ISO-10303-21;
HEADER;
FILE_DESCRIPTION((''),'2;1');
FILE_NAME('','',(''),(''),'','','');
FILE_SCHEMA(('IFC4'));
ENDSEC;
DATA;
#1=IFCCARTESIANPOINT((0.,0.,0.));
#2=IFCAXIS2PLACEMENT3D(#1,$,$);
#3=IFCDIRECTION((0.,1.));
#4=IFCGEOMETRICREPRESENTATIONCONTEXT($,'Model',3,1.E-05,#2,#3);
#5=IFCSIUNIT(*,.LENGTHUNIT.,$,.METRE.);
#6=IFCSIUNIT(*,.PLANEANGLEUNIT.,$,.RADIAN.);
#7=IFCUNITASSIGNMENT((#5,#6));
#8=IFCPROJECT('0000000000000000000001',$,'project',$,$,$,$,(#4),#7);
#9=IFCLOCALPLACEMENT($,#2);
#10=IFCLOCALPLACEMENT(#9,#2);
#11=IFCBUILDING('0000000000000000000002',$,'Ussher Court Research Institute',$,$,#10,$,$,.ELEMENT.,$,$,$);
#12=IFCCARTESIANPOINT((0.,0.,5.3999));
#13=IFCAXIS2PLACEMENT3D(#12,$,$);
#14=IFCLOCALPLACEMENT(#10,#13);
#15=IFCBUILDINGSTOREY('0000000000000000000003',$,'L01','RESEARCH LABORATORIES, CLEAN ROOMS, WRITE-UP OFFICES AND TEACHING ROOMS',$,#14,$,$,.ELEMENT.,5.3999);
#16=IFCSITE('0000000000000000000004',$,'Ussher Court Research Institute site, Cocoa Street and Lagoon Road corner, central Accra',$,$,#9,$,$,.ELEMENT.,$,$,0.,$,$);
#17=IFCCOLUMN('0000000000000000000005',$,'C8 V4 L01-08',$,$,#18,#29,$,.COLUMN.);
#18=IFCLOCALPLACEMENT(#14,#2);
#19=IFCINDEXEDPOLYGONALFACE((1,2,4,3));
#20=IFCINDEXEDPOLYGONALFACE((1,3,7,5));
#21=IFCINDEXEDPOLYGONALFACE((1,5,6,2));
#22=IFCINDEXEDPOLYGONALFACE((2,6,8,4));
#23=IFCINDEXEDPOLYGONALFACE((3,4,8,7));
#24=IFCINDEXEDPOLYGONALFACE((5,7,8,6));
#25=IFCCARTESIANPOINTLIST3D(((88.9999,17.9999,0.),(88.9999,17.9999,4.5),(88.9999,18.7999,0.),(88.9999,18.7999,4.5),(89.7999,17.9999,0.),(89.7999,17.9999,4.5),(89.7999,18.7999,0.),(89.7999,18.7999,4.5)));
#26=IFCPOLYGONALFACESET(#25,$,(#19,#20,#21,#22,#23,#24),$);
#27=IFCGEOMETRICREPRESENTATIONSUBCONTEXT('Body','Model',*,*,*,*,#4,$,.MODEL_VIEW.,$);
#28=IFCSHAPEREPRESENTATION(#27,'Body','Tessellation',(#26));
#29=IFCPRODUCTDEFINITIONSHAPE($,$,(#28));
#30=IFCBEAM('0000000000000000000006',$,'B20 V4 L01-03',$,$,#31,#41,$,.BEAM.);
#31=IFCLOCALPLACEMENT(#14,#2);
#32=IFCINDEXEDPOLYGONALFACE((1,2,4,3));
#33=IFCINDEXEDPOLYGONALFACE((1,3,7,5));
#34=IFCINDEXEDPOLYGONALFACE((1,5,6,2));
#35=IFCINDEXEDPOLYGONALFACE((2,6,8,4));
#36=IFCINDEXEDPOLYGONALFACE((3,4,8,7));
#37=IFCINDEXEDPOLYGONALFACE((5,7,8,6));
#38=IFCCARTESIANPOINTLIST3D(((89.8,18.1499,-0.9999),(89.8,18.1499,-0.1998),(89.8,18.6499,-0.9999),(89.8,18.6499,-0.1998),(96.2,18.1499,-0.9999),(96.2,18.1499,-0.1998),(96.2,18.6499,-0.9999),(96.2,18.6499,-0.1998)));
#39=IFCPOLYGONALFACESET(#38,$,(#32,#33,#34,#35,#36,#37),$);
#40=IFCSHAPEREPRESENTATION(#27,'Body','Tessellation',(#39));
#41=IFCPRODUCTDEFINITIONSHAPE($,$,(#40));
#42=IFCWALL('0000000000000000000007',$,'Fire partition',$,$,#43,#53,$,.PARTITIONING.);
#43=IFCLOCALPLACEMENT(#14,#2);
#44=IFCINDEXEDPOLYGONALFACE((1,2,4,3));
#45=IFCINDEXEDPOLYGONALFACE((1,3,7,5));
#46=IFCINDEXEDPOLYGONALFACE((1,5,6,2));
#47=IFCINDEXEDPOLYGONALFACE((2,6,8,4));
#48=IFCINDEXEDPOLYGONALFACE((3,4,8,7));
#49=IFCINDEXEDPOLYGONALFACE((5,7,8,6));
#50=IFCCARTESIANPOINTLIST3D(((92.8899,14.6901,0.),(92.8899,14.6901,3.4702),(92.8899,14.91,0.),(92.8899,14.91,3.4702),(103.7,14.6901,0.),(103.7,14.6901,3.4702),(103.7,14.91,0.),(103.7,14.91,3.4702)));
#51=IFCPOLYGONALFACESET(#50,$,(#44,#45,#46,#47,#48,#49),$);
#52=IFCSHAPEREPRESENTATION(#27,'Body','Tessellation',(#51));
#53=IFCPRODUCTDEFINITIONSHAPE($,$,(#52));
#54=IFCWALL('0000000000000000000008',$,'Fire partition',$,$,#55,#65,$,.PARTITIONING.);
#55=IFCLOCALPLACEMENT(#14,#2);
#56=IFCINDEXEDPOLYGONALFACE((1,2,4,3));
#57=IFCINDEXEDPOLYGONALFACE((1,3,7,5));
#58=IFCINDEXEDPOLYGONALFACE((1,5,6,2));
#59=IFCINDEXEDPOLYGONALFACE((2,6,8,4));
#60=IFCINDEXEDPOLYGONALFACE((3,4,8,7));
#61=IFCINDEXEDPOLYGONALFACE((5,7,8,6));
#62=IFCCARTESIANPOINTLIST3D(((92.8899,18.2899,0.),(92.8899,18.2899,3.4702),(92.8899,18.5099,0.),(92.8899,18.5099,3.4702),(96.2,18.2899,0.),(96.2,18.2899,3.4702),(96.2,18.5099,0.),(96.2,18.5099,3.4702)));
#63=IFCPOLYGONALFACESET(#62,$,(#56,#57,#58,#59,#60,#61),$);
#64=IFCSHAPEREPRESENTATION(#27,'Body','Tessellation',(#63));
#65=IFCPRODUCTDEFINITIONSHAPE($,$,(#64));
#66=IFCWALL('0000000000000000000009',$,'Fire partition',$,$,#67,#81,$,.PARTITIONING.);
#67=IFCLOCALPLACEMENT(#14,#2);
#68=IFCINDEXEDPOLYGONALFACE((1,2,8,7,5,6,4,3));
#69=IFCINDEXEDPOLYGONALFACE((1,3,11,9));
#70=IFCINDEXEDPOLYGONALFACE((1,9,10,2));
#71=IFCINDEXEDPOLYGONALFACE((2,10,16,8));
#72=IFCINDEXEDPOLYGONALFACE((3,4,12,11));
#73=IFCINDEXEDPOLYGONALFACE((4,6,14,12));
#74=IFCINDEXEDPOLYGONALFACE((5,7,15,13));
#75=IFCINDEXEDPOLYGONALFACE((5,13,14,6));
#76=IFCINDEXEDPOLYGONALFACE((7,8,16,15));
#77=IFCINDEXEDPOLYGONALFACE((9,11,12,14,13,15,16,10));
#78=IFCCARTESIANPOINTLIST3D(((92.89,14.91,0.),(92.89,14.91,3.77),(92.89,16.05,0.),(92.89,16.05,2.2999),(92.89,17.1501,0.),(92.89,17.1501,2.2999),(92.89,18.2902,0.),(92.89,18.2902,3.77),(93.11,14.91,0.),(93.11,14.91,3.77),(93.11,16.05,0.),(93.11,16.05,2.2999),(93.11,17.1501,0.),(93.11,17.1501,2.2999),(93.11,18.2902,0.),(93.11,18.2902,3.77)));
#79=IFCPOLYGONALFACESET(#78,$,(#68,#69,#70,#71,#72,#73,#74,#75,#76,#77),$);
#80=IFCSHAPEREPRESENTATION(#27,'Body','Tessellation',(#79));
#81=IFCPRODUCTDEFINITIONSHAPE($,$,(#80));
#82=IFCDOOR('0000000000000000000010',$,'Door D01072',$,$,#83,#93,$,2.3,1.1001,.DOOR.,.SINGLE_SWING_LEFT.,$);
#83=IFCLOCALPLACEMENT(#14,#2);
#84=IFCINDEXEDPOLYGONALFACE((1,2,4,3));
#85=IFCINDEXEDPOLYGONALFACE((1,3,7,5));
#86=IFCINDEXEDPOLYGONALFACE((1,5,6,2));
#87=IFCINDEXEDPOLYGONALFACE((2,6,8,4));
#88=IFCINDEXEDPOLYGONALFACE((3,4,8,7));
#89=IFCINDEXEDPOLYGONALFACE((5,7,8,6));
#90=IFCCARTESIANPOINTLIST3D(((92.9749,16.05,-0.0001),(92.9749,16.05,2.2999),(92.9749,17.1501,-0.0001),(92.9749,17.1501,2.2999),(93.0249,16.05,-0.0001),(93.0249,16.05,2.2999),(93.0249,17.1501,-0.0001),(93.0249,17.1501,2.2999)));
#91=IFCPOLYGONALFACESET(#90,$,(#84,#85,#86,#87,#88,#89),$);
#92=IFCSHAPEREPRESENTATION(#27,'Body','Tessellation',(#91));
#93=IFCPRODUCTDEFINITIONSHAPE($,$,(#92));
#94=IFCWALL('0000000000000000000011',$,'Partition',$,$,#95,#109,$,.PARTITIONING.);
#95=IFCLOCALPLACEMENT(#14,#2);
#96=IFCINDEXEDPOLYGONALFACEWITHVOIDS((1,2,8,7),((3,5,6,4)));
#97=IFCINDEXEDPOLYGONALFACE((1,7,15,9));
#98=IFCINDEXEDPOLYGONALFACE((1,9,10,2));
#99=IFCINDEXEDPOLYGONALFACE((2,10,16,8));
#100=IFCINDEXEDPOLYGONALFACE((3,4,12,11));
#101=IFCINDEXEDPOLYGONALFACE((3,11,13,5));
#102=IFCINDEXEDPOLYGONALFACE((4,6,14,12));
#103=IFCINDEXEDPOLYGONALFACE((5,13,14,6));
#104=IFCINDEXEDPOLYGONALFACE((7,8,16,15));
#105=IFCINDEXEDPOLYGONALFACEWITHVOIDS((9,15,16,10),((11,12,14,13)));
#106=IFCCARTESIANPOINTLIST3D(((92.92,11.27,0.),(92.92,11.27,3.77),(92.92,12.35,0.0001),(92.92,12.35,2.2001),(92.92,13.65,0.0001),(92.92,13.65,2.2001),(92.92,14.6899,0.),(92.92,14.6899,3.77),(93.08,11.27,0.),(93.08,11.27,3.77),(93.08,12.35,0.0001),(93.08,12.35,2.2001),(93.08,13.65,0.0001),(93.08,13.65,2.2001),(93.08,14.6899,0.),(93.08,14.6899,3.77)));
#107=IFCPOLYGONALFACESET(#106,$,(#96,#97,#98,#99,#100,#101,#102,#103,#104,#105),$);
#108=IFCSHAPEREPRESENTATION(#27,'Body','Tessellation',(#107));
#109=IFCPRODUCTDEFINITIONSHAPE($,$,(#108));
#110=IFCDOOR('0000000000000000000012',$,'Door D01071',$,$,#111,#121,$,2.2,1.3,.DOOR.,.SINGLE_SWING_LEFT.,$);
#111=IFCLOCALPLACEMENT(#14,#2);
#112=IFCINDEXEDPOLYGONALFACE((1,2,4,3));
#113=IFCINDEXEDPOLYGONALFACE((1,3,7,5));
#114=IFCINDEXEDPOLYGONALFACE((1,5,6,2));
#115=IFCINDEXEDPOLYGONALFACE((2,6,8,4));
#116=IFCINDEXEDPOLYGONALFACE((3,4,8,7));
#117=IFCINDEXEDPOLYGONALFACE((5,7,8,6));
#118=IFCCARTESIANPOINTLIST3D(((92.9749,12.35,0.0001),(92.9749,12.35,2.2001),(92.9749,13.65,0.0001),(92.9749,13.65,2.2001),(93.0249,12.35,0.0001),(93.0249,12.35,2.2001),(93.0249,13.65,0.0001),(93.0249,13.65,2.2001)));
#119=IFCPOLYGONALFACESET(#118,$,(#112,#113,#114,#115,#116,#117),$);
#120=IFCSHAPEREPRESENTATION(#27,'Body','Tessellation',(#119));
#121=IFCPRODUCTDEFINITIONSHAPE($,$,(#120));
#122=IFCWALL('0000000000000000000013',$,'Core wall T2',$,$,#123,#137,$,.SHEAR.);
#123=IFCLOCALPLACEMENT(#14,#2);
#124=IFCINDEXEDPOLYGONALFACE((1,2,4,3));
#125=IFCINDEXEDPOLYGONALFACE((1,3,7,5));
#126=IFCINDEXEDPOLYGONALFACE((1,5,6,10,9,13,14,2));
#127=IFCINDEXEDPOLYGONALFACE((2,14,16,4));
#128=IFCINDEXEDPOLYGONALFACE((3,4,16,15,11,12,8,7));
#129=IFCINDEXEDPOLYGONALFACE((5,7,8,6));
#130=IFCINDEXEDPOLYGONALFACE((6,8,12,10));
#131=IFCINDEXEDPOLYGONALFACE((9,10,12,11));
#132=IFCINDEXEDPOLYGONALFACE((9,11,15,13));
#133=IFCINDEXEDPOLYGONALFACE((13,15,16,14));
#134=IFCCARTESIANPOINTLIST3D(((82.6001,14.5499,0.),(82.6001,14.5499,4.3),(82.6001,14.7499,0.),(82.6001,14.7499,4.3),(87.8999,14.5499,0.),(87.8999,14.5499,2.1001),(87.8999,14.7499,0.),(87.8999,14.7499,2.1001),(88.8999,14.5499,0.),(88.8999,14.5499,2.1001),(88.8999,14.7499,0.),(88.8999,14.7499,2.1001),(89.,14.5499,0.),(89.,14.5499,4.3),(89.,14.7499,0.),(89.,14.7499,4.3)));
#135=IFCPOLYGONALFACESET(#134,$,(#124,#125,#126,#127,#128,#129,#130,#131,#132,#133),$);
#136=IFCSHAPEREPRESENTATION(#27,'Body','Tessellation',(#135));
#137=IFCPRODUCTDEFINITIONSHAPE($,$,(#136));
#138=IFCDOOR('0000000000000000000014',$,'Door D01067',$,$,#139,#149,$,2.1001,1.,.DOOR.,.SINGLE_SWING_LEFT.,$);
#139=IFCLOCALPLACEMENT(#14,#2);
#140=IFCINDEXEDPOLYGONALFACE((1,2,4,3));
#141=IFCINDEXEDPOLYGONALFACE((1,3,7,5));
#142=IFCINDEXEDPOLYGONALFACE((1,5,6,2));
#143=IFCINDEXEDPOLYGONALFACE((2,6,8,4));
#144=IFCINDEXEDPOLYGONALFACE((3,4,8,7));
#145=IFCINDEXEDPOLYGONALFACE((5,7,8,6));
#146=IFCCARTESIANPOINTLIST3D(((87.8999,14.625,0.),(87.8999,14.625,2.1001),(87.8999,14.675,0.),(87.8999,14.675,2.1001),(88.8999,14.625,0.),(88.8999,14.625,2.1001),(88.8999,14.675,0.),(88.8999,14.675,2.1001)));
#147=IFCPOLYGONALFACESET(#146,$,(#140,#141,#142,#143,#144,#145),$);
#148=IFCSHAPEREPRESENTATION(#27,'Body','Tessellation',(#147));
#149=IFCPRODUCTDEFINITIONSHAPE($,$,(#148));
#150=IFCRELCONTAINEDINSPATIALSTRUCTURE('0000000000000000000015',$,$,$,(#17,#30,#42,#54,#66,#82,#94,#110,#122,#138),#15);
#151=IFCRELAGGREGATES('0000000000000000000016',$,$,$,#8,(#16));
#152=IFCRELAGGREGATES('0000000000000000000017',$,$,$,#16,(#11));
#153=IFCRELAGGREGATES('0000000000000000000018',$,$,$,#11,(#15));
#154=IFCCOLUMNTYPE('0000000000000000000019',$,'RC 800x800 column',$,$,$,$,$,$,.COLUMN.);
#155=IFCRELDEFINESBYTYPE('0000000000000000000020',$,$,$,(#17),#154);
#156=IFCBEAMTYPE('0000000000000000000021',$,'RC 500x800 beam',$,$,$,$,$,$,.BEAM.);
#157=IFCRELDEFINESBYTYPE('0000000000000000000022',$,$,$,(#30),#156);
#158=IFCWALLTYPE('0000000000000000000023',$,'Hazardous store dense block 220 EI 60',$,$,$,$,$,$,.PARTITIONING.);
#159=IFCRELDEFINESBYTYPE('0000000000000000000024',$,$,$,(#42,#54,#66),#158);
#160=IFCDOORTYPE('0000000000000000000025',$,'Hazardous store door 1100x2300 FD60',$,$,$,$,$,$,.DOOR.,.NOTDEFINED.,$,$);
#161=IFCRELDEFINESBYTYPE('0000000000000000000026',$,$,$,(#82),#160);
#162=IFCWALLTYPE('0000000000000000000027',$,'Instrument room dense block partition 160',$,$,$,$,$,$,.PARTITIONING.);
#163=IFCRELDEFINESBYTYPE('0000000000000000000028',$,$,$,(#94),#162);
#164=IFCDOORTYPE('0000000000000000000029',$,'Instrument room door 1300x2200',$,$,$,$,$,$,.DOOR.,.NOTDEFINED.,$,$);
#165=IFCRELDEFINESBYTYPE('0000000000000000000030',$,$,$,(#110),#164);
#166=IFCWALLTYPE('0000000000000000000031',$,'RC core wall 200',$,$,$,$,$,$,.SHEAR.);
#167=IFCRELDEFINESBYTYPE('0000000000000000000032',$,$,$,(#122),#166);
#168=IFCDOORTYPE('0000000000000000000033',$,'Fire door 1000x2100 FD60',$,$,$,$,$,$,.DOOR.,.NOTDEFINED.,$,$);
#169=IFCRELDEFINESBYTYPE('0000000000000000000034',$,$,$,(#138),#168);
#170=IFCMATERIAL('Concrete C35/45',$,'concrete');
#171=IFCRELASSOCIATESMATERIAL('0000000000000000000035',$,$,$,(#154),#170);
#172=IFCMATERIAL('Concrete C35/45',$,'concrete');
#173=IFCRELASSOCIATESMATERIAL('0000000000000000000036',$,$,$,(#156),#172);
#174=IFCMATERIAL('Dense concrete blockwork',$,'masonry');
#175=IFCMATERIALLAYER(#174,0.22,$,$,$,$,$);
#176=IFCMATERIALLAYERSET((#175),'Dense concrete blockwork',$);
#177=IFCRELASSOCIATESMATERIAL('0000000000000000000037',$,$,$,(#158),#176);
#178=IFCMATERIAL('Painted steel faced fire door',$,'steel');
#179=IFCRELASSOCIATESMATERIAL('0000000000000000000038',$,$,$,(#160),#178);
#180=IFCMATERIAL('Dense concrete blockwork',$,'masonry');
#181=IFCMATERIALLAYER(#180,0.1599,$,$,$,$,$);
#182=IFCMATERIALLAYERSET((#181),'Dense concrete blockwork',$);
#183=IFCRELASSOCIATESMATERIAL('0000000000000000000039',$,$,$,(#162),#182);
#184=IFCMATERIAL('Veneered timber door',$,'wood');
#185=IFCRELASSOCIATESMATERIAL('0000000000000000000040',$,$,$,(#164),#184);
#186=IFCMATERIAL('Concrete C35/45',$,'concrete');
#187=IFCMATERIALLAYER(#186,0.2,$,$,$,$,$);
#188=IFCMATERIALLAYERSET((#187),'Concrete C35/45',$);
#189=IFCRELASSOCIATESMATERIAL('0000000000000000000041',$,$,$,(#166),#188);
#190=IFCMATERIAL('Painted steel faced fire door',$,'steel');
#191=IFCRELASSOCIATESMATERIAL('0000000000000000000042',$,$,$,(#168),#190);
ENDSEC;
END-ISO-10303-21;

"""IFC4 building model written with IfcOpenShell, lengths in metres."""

from ifc_helpers import new_model, si_unit, direction, frame, frame_2d, origin, origin_2d, place, context, subcontext, project, spatial, rectangle, extrude, material, layer, layer_set, material_profile, profile_set, type_object, element, fill, save


model = new_model("IFC4")

# Units and contexts
model_context = context("Model", 3, precision=1e-05, world=origin(), true_north=direction((0.0, 1.0)))
body_context = subcontext(model_context, "Body", "Model", "MODEL_VIEW")
ifc_project = project(units=[si_unit("LENGTHUNIT", "METRE"), si_unit("PLANEANGLEUNIT", "RADIAN")], contexts=[model_context])

# Site, building, storey
site_placement = place(None, origin())
site = spatial("IfcSite", under=ifc_project, at=site_placement, Name="Ussher Court Research Institute site, Cocoa Street and Lagoon Road corner, central Accra", CompositionType="ELEMENT", RefElevation=0.0)
building_placement = place(site_placement, origin())
building = spatial("IfcBuilding", under=site, at=building_placement, Name="Ussher Court Research Institute", CompositionType="ELEMENT")
storey_placement = place(building_placement, frame((0.0, 0.0, 5.3999)))
storey = spatial("IfcBuildingStorey", under=building, at=storey_placement, Name="L01", Description="RESEARCH LABORATORIES, CLEAN ROOMS, WRITE-UP OFFICES AND TEACHING ROOMS", CompositionType="ELEMENT", Elevation=5.3999)

# Column
ifc_material_1 = material(Name="Concrete C35/45", Category="concrete")
ifc_material_profile_1 = material_profile(ifc_material_1, rectangle(XDim=0.8, YDim=0.8, at=origin_2d()), Name="RC 800x800")
ifc_profile_set_1 = profile_set([ifc_material_profile_1], Name="Concrete C35/45")
column_type = type_object("IfcColumnType", Name="RC 800x800 column", PredefinedType="COLUMN", material=ifc_profile_set_1)
column_placement = place(storey_placement, frame((89.3999, 18.3999, 0.0), z_axis=(0.0, 0.0, 1.0), x_axis=(1.0, 0.0, 0.0)))
element("IfcColumn", 1, at=column_placement, inside=storey, type_object=column_type, Name="C8 V4 L01-08", PredefinedType="COLUMN", context=body_context, shape_type="SweptSolid", body=[
    extrude(rectangle(XDim=0.8, YDim=0.8, at=origin_2d()), origin(), (0.0, 0.0, 1.0), 4.5),
])

# Beam
ifc_material_2 = material(Name="Concrete C35/45", Category="concrete")
ifc_material_profile_2 = material_profile(ifc_material_2, rectangle(XDim=0.5, YDim=0.8, at=origin_2d()), Name="RC 500x800")
ifc_profile_set_2 = profile_set([ifc_material_profile_2], Name="Concrete C35/45")
beam_type = type_object("IfcBeamType", Name="RC 500x800 beam", PredefinedType="BEAM", material=ifc_profile_set_2)
beam_placement = place(storey_placement, frame((89.8, 18.3999, -0.5999), z_axis=(1.0, 0.0, 0.0), x_axis=(0.0, 1.0, 0.0)))
element("IfcBeam", 2, at=beam_placement, inside=storey, type_object=beam_type, Name="B20 V4 L01-03", PredefinedType="BEAM", context=body_context, shape_type="SweptSolid", body=[
    extrude(rectangle(XDim=0.5, YDim=0.8, at=origin_2d()), origin(), (0.0, 0.0, 1.0), 6.3999),
])

# Walls
ifc_material_3 = material(Name="Dense concrete blockwork", Category="masonry")
ifc_layer_1 = layer(ifc_material_3, 0.22)
ifc_layer_set_1 = layer_set([ifc_layer_1], Name="Dense concrete blockwork")
wall_type_1 = type_object("IfcWallType", Name="Hazardous store dense block 220 EI 60", PredefinedType="PARTITIONING", material=ifc_layer_set_1)
wall_1_placement = place(storey_placement, frame((92.8899, 14.8, 0.0), z_axis=(0.0, 0.0, 1.0), x_axis=(1.0, 0.0, 0.0)))
element("IfcWall", 3, at=wall_1_placement, inside=storey, type_object=wall_type_1, Name="Fire partition", PredefinedType="PARTITIONING", context=body_context, shape_type="SweptSolid", body=[
    extrude(rectangle(XDim=10.8101, YDim=0.22, at=frame_2d((5.405, 0.0))), origin(), (0.0, 0.0, 1.0), 3.4702),
])
wall_2_placement = place(storey_placement, frame((92.8899, 18.3999, 0.0), z_axis=(0.0, 0.0, 1.0), x_axis=(1.0, 0.0, 0.0)))
element("IfcWall", 4, at=wall_2_placement, inside=storey, type_object=wall_type_1, Name="Fire partition", PredefinedType="PARTITIONING", context=body_context, shape_type="SweptSolid", body=[
    extrude(rectangle(XDim=3.3101, YDim=0.22, at=frame_2d((1.655, 0.0))), origin(), (0.0, 0.0, 1.0), 3.4702),
])

# Walls, openings, doors
wall_3_placement = place(storey_placement, frame((93.0, 18.29, 0.0), z_axis=(0.0, 0.0, 1.0), x_axis=(0.0, -1.0, 0.0)))
wall_3 = element("IfcWall", 5, at=wall_3_placement, inside=storey, type_object=wall_type_1, Name="Fire partition", PredefinedType="PARTITIONING", context=body_context, shape_type="SweptSolid", body=[
    extrude(rectangle(XDim=3.3801, YDim=0.22, at=frame_2d((1.6899, 0.0))), origin(), (0.0, 0.0, 1.0), 3.77),
])
opening_1_placement = place(wall_3_placement, frame((1.1399, 0.0, 0.0)))
opening_1 = element("IfcOpeningElement", 6, at=opening_1_placement, cuts=wall_3, PredefinedType="OPENING", context=body_context, shape_type="SweptSolid", body=[
    extrude(rectangle(XDim=1.1001, YDim=2.3, at=frame_2d((0.55, 1.1499))), frame((0.0, 0.1201, 0.0), z_axis=(0.0, -1.0, 0.0), x_axis=(1.0, 0.0, 0.0)), (0.0, 0.0, 1.0), 0.24),
])
ifc_material_4 = material(Name="Painted steel faced fire door", Category="steel")
door_type_1 = type_object("IfcDoorType", Name="Hazardous store door 1100x2300 FD60", OperationType="NOTDEFINED", PredefinedType="DOOR", material=ifc_material_4)
door_1_placement = place(opening_1_placement, origin())
door_1 = element("IfcDoor", 7, at=door_1_placement, inside=storey, type_object=door_type_1, Name="Door D01072", OperationType="SINGLE_SWING_LEFT", OverallHeight=2.3, OverallWidth=1.1001, PredefinedType="DOOR", context=body_context, shape_type="SweptSolid", body=[
    extrude(rectangle(XDim=1.1001, YDim=2.3, at=frame_2d((0.55, 1.1499))), frame((0.0, 0.0249, 0.0), z_axis=(0.0, -1.0, 0.0), x_axis=(1.0, 0.0, 0.0)), (0.0, 0.0, 1.0), 0.05),
])
fill(opening_1, door_1)
ifc_material_5 = material(Name="Dense concrete blockwork", Category="masonry")
ifc_layer_2 = layer(ifc_material_5, 0.1599)
ifc_layer_set_2 = layer_set([ifc_layer_2], Name="Dense concrete blockwork")
wall_type_2 = type_object("IfcWallType", Name="Instrument room dense block partition 160", PredefinedType="PARTITIONING", material=ifc_layer_set_2)
wall_4_placement = place(storey_placement, frame((93.0, 14.6899, 0.0), z_axis=(0.0, 0.0, 1.0), x_axis=(0.0, -1.0, 0.0)))
wall_4 = element("IfcWall", 8, at=wall_4_placement, inside=storey, type_object=wall_type_2, Name="Partition", PredefinedType="PARTITIONING", context=body_context, shape_type="SweptSolid", body=[
    extrude(rectangle(XDim=3.4199, YDim=0.1599, at=frame_2d((1.71, 0.0))), origin(), (0.0, 0.0, 1.0), 3.77),
])
opening_2_placement = place(wall_4_placement, frame((1.04, 0.0, 0.0)))
opening_2 = element("IfcOpeningElement", 9, at=opening_2_placement, cuts=wall_4, PredefinedType="OPENING", context=body_context, shape_type="SweptSolid", body=[
    extrude(rectangle(XDim=1.3, YDim=2.2, at=frame_2d((0.6499, 1.1001))), frame((0.0, 0.0898, 0.0), z_axis=(0.0, -1.0, 0.0), x_axis=(1.0, 0.0, 0.0)), (0.0, 0.0, 1.0), 0.1799),
])
ifc_material_6 = material(Name="Veneered timber door", Category="wood")
door_type_2 = type_object("IfcDoorType", Name="Instrument room door 1300x2200", OperationType="NOTDEFINED", PredefinedType="DOOR", material=ifc_material_6)
door_2_placement = place(opening_2_placement, origin())
door_2 = element("IfcDoor", 10, at=door_2_placement, inside=storey, type_object=door_type_2, Name="Door D01071", OperationType="SINGLE_SWING_LEFT", OverallHeight=2.2, OverallWidth=1.3, PredefinedType="DOOR", context=body_context, shape_type="SweptSolid", body=[
    extrude(rectangle(XDim=1.3, YDim=2.2, at=frame_2d((0.6499, 1.1001))), frame((0.0, 0.0249, 0.0), z_axis=(0.0, -1.0, 0.0), x_axis=(1.0, 0.0, 0.0)), (0.0, 0.0, 1.0), 0.05),
])
fill(opening_2, door_2)
ifc_material_7 = material(Name="Concrete C35/45", Category="concrete")
ifc_layer_3 = layer(ifc_material_7, 0.2)
ifc_layer_set_3 = layer_set([ifc_layer_3], Name="Concrete C35/45")
wall_type_3 = type_object("IfcWallType", Name="RC core wall 200", PredefinedType="SHEAR", material=ifc_layer_set_3)
wall_5_placement = place(storey_placement, frame((89.0, 14.6499, 0.0), z_axis=(0.0, 0.0, 1.0), x_axis=(-1.0, 0.0, 0.0)))
wall_5 = element("IfcWall", 11, at=wall_5_placement, inside=storey, type_object=wall_type_3, Name="Core wall T2", PredefinedType="SHEAR", context=body_context, shape_type="SweptSolid", body=[
    extrude(rectangle(XDim=6.3999, YDim=0.2, at=frame_2d((3.2, 0.0))), origin(), (0.0, 0.0, 1.0), 4.3),
])
opening_3_placement = place(wall_5_placement, frame((0.1001, 0.0, 0.0)))
opening_3 = element("IfcOpeningElement", 12, at=opening_3_placement, cuts=wall_5, PredefinedType="OPENING", context=body_context, shape_type="SweptSolid", body=[
    extrude(rectangle(XDim=1.0, YDim=2.1001, at=frame_2d((0.5, 1.05))), frame((0.0, 0.1099, 0.0), z_axis=(0.0, -1.0, 0.0), x_axis=(1.0, 0.0, 0.0)), (0.0, 0.0, 1.0), 0.22),
])
ifc_material_8 = material(Name="Painted steel faced fire door", Category="steel")
door_type_3 = type_object("IfcDoorType", Name="Fire door 1000x2100 FD60", OperationType="NOTDEFINED", PredefinedType="DOOR", material=ifc_material_8)
door_3_placement = place(opening_3_placement, origin())
door_3 = element("IfcDoor", 13, at=door_3_placement, inside=storey, type_object=door_type_3, Name="Door D01067", OperationType="SINGLE_SWING_LEFT", OverallHeight=2.1001, OverallWidth=1.0, PredefinedType="DOOR", context=body_context, shape_type="SweptSolid", body=[
    extrude(rectangle(XDim=1.0, YDim=2.1001, at=frame_2d((0.5, 1.05))), frame((0.0, 0.0249, 0.0), z_axis=(0.0, -1.0, 0.0), x_axis=(1.0, 0.0, 0.0)), (0.0, 0.0, 1.0), 0.05),
])
fill(opening_3, door_3)

save(model, "model.ifc")
